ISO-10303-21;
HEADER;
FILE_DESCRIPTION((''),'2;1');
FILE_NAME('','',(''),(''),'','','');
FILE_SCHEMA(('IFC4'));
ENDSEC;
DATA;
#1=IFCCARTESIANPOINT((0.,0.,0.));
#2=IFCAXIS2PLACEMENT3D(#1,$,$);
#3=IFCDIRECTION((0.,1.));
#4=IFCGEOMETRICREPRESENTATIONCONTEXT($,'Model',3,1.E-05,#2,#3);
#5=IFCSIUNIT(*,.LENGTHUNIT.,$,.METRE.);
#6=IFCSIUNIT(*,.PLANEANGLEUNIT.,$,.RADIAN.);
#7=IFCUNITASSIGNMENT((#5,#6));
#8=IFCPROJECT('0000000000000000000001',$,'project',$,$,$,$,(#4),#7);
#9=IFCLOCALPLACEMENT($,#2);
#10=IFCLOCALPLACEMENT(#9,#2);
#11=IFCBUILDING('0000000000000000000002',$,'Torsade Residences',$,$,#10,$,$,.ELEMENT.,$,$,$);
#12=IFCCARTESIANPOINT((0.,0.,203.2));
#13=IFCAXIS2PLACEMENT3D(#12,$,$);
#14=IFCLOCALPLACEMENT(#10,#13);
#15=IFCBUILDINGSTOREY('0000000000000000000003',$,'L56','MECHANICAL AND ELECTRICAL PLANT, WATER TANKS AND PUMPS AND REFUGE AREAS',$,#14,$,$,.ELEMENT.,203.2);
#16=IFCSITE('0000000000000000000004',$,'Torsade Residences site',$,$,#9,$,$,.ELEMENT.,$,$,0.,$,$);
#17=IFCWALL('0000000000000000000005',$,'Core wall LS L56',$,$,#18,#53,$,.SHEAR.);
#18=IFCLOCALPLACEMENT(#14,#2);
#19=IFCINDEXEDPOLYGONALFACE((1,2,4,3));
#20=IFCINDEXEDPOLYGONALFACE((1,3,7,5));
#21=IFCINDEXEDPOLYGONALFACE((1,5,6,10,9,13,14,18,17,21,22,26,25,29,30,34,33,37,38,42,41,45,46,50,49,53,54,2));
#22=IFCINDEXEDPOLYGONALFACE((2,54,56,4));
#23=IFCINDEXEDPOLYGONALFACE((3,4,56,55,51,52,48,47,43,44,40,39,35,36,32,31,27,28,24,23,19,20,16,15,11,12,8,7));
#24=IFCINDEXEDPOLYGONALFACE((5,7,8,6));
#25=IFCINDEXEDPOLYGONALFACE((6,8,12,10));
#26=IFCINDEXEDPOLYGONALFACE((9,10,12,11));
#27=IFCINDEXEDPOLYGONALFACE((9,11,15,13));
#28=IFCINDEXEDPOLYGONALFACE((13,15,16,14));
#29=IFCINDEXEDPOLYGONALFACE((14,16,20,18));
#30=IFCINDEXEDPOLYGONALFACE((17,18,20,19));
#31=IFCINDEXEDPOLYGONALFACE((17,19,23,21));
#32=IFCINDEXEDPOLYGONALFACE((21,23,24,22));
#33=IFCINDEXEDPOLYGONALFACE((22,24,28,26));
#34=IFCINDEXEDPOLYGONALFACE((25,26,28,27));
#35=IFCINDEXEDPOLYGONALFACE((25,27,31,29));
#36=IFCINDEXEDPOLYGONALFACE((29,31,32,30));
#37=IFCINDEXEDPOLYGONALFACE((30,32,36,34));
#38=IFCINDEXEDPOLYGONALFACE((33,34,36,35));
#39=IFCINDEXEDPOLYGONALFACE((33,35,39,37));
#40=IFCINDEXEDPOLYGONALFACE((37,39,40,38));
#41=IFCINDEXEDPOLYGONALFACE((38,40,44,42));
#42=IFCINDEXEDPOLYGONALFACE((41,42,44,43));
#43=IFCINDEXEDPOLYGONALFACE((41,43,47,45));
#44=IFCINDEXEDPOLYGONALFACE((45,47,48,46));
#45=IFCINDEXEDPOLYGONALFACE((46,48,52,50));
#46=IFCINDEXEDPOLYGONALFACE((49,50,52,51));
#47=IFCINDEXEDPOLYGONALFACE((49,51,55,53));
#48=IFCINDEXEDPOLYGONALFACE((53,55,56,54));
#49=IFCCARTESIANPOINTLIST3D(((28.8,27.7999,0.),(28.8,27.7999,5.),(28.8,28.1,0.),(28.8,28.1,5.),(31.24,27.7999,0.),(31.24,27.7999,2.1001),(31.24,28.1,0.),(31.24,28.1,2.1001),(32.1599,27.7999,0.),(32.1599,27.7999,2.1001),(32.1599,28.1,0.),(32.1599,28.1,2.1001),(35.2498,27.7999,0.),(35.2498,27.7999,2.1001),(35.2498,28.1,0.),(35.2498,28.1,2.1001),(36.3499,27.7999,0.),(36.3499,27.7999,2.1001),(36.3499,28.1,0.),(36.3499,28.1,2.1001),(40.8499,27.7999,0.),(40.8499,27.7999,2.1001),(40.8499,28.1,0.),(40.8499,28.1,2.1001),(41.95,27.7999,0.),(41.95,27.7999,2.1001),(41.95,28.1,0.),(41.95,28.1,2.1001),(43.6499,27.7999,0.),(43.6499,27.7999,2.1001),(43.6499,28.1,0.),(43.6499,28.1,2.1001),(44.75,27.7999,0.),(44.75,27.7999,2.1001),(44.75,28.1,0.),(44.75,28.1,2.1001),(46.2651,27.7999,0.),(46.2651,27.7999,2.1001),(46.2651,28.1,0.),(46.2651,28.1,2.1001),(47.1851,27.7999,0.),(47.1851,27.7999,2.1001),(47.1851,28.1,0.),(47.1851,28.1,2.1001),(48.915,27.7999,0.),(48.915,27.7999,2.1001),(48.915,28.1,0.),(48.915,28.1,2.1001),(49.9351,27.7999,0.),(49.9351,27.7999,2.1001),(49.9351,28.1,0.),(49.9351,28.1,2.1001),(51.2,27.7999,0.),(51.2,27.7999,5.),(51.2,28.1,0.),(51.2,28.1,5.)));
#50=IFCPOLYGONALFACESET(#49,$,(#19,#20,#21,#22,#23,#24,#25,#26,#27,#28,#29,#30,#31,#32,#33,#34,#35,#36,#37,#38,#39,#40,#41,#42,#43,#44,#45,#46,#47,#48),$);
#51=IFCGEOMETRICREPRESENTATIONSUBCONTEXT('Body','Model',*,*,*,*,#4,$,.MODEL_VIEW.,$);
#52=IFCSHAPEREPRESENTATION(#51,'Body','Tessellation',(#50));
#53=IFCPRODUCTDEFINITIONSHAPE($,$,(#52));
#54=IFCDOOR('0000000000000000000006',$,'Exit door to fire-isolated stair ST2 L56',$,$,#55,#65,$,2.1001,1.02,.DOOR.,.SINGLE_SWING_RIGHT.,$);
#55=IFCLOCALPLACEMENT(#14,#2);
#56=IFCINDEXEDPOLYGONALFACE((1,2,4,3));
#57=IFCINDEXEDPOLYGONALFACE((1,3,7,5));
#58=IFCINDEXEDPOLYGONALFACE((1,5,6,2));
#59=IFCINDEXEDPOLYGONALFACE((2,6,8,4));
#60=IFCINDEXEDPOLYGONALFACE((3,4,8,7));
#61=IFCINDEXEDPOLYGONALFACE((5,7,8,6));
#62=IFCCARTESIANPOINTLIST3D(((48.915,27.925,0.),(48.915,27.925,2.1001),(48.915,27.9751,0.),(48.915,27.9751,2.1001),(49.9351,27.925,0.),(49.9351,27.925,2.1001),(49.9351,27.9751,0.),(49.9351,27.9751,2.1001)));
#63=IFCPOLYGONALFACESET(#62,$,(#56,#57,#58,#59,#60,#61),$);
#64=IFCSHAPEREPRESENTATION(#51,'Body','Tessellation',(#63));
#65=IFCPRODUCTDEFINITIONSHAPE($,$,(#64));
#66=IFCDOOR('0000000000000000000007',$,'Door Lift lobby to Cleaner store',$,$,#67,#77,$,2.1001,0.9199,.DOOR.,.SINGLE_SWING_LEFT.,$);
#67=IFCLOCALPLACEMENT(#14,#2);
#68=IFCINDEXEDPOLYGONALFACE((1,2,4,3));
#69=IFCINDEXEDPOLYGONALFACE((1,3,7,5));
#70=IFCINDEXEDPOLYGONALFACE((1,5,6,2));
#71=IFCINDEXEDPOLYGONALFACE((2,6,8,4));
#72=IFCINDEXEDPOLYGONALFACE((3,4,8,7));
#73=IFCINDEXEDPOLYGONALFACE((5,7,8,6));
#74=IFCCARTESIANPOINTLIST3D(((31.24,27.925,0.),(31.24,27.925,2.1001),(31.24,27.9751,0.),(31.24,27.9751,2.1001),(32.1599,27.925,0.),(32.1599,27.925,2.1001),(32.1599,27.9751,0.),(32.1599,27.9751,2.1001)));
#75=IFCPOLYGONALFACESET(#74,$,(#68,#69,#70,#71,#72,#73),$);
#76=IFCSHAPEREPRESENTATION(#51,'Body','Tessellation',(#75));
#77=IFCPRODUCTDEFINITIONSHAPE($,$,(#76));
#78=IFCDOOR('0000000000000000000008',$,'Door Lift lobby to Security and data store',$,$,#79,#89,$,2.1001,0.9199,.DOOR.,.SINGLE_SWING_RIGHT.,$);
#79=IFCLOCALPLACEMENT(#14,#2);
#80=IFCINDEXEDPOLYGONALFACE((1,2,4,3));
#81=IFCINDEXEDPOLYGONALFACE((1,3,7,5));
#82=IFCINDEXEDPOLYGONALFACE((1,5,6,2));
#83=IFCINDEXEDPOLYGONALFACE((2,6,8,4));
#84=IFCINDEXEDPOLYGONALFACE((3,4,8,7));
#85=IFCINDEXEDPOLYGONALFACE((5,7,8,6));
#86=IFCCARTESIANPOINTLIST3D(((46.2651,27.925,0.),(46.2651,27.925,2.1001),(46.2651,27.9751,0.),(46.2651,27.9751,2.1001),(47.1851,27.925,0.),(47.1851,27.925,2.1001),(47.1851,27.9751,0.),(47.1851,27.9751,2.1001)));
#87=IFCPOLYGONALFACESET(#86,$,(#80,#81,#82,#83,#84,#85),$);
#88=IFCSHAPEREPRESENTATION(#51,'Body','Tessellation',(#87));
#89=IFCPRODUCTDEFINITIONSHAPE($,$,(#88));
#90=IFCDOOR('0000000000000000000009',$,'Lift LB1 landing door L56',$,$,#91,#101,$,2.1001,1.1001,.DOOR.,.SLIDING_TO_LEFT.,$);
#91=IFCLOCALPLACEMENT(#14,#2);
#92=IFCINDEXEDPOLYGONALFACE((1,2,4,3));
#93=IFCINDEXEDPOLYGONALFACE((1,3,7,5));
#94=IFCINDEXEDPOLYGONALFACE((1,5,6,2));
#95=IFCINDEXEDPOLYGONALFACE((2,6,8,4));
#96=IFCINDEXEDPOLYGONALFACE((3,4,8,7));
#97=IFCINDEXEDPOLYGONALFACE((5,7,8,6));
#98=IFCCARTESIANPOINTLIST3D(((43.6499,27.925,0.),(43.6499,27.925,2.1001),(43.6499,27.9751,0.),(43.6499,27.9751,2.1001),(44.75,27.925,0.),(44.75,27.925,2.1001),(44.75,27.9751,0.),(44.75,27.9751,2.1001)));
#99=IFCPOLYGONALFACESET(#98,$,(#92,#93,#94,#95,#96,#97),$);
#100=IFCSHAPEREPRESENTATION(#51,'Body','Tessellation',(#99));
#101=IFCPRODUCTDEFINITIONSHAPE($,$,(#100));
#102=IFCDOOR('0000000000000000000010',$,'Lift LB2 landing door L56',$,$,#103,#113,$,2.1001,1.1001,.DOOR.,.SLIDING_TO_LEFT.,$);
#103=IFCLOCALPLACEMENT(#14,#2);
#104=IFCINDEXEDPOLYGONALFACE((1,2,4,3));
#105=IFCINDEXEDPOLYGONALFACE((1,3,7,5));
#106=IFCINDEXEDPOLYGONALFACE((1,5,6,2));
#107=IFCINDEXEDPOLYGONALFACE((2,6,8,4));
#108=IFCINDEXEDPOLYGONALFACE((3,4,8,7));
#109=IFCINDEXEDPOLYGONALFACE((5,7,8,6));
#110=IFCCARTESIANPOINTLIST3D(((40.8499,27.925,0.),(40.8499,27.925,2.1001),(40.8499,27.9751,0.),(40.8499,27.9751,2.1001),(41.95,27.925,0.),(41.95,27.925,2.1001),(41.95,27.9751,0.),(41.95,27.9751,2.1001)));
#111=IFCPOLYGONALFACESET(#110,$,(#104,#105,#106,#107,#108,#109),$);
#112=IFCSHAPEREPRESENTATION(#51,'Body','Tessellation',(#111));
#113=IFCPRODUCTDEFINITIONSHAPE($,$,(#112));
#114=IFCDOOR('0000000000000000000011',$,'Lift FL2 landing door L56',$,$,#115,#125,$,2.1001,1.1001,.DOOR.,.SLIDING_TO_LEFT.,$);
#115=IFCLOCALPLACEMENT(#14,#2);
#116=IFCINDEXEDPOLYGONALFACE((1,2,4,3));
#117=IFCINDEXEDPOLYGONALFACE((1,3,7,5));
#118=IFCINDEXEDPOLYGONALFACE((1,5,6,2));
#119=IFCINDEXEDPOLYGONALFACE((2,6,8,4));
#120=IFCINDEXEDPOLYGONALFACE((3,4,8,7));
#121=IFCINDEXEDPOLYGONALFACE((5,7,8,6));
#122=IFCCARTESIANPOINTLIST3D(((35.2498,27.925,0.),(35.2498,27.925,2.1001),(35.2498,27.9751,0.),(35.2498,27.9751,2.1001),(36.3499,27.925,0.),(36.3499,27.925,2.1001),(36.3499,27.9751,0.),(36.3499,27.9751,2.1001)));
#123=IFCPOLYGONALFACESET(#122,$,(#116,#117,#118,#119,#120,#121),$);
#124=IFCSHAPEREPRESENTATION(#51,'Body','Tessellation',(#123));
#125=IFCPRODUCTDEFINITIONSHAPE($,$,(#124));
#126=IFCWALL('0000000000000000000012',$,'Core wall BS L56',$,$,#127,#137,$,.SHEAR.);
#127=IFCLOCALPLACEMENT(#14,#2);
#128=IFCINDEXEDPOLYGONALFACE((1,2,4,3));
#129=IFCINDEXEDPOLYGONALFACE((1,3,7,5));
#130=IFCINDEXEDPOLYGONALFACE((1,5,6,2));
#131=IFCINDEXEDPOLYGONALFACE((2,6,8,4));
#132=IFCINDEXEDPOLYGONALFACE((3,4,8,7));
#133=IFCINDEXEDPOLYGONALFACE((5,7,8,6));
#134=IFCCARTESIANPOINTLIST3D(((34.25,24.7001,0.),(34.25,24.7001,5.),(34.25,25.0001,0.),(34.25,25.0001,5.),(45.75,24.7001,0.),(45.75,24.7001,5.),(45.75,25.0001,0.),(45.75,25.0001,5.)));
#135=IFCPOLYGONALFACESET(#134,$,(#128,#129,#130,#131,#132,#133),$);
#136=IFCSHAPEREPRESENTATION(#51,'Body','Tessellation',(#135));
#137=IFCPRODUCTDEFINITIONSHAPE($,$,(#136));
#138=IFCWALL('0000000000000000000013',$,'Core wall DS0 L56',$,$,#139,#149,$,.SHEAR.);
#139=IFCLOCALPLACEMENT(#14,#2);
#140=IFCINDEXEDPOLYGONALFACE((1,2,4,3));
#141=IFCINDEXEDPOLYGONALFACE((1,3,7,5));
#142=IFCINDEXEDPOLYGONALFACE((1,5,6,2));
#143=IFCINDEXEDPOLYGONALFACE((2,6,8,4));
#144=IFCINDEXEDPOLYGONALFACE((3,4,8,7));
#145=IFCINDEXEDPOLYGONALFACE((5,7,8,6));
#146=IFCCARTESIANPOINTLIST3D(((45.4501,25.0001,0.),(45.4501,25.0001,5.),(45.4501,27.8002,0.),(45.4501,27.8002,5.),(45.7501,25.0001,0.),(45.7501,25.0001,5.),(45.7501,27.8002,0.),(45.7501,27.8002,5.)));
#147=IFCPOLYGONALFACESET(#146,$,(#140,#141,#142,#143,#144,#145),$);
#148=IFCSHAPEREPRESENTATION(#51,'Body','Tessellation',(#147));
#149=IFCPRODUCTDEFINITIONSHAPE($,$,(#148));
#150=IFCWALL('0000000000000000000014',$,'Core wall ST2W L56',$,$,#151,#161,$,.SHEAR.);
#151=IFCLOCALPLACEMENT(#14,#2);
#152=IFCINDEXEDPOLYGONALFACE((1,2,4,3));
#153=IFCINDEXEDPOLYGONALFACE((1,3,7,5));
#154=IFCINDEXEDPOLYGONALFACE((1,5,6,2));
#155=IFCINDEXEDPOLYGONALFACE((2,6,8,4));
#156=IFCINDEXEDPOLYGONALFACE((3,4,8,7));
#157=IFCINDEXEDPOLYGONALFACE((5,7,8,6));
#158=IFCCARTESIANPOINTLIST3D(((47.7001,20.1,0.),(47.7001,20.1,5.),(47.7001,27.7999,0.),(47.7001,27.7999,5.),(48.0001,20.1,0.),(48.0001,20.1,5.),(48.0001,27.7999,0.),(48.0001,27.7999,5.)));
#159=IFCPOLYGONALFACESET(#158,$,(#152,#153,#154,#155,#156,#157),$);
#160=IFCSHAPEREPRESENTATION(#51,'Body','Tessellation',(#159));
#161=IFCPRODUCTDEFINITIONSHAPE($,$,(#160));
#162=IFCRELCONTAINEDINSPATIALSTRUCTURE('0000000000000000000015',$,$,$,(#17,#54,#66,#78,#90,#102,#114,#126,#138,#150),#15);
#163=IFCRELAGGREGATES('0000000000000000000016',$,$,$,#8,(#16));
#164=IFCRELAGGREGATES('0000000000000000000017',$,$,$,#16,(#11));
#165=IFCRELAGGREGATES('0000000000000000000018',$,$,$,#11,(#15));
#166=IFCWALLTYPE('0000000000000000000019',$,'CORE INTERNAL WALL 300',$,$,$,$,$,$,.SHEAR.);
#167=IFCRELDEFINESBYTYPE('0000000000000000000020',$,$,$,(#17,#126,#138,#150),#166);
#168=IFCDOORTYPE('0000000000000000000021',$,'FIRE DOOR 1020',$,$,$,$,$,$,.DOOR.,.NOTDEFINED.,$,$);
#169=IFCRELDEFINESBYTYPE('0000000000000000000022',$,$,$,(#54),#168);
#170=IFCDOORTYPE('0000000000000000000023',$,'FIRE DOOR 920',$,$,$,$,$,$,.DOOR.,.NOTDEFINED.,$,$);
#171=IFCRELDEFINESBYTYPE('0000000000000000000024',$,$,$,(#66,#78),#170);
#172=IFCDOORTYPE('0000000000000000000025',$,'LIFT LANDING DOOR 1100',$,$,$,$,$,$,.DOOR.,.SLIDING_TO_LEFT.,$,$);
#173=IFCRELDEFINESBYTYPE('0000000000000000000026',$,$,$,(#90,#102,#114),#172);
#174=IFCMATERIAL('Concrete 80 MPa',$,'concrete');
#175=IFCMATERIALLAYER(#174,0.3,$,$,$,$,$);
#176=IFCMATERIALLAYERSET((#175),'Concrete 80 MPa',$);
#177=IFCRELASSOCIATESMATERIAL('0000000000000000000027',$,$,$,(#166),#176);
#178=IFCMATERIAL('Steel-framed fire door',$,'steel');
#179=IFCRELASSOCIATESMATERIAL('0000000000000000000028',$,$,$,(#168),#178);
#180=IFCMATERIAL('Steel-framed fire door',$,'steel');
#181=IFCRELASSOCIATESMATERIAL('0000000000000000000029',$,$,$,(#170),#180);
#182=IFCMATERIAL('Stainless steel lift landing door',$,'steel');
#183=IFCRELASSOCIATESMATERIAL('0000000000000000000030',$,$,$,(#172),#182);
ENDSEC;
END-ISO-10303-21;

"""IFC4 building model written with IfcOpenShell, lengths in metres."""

from ifc_helpers import new_model, si_unit, direction, frame, frame_2d, origin, place, context, subcontext, project, spatial, rectangle, extrude, material, layer, layer_set, type_object, element, fill, save


model = new_model("IFC4")

# Units and contexts
model_context = context("Model", 3, precision=1e-05, world=origin(), true_north=direction((0.0, 1.0)))
body_context = subcontext(model_context, "Body", "Model", "MODEL_VIEW")
ifc_project = project(units=[si_unit("LENGTHUNIT", "METRE"), si_unit("PLANEANGLEUNIT", "RADIAN")], contexts=[model_context])

# Site, building, storey
site_placement = place(None, origin())
site = spatial("IfcSite", under=ifc_project, at=site_placement, Name="Torsade Residences site", CompositionType="ELEMENT", RefElevation=0.0)
building_placement = place(site_placement, origin())
building = spatial("IfcBuilding", under=site, at=building_placement, Name="Torsade Residences", CompositionType="ELEMENT")
storey_placement = place(building_placement, frame((0.0, 0.0, 203.2)))
storey = spatial("IfcBuildingStorey", under=building, at=storey_placement, Name="L56", Description="MECHANICAL AND ELECTRICAL PLANT, WATER TANKS AND PUMPS AND REFUGE AREAS", CompositionType="ELEMENT", Elevation=203.2)

# Wall, openings, doors
ifc_material_1 = material(Name="Concrete 80 MPa", Category="concrete")
ifc_layer_1 = layer(ifc_material_1, 0.3)
ifc_layer_set_1 = layer_set([ifc_layer_1], Name="Concrete 80 MPa")
wall_type_1 = type_object("IfcWallType", Name="CORE INTERNAL WALL 300", PredefinedType="SHEAR", material=ifc_layer_set_1)
wall_1_placement = place(storey_placement, frame((51.2, 27.95, 0.0), z_axis=(0.0, 0.0, 1.0), x_axis=(-1.0, 0.0, 0.0)))
wall_1 = element("IfcWall", 1, at=wall_1_placement, inside=storey, type_object=wall_type_1, Name="Core wall LS L56", PredefinedType="SHEAR", context=body_context, shape_type="SweptSolid", body=[
    extrude(rectangle(XDim=22.3999, YDim=0.3, at=frame_2d((11.2, 0.0))), origin(), (0.0, 0.0, 1.0), 5.0),
])
opening_1_placement = place(wall_1_placement, frame((19.04, 0.0, 0.0)))
opening_1 = element("IfcOpeningElement", 2, at=opening_1_placement, cuts=wall_1, PredefinedType="OPENING", context=body_context, shape_type="SweptSolid", body=[
    extrude(rectangle(XDim=0.9199, YDim=2.1001, at=frame_2d((0.46, 1.05))), frame((0.0, 0.1599, 0.0), z_axis=(0.0, -1.0, 0.0), x_axis=(1.0, 0.0, 0.0)), (0.0, 0.0, 1.0), 0.3201),
])
opening_2_placement = place(wall_1_placement, frame((1.2649, 0.0, 0.0)))
opening_2 = element("IfcOpeningElement", 3, at=opening_2_placement, cuts=wall_1, PredefinedType="OPENING", context=body_context, shape_type="SweptSolid", body=[
    extrude(rectangle(XDim=1.02, YDim=2.1001, at=frame_2d((0.51, 1.05))), frame((0.0, 0.1599, 0.0), z_axis=(0.0, -1.0, 0.0), x_axis=(1.0, 0.0, 0.0)), (0.0, 0.0, 1.0), 0.3201),
])
opening_3_placement = place(wall_1_placement, frame((4.0149, 0.0, 0.0)))
opening_3 = element("IfcOpeningElement", 4, at=opening_3_placement, cuts=wall_1, PredefinedType="OPENING", context=body_context, shape_type="SweptSolid", body=[
    extrude(rectangle(XDim=0.9199, YDim=2.1001, at=frame_2d((0.46, 1.05))), frame((0.0, 0.1599, 0.0), z_axis=(0.0, -1.0, 0.0), x_axis=(1.0, 0.0, 0.0)), (0.0, 0.0, 1.0), 0.3201),
])
opening_4_placement = place(wall_1_placement, frame((6.45, 0.0, 0.0)))
opening_4 = element("IfcOpeningElement", 5, at=opening_4_placement, cuts=wall_1, PredefinedType="OPENING", context=body_context, shape_type="SweptSolid", body=[
    extrude(rectangle(XDim=1.1001, YDim=2.1001, at=frame_2d((0.55, 1.05))), frame((0.0, 0.1599, 0.0), z_axis=(0.0, -1.0, 0.0), x_axis=(1.0, 0.0, 0.0)), (0.0, 0.0, 1.0), 0.3201),
])
opening_5_placement = place(wall_1_placement, frame((9.25, 0.0, 0.0)))
opening_5 = element("IfcOpeningElement", 6, at=opening_5_placement, cuts=wall_1, PredefinedType="OPENING", context=body_context, shape_type="SweptSolid", body=[
    extrude(rectangle(XDim=1.1001, YDim=2.1001, at=frame_2d((0.55, 1.05))), frame((0.0, 0.1599, 0.0), z_axis=(0.0, -1.0, 0.0), x_axis=(1.0, 0.0, 0.0)), (0.0, 0.0, 1.0), 0.3201),
])
opening_6_placement = place(wall_1_placement, frame((14.8501, 0.0, 0.0)))
opening_6 = element("IfcOpeningElement", 7, at=opening_6_placement, cuts=wall_1, PredefinedType="OPENING", context=body_context, shape_type="SweptSolid", body=[
    extrude(rectangle(XDim=1.1001, YDim=2.1001, at=frame_2d((0.55, 1.05))), frame((0.0, 0.1599, 0.0), z_axis=(0.0, -1.0, 0.0), x_axis=(1.0, 0.0, 0.0)), (0.0, 0.0, 1.0), 0.3201),
])
ifc_material_2 = material(Name="Steel-framed fire door", Category="steel")
door_type_1 = type_object("IfcDoorType", Name="FIRE DOOR 1020", OperationType="NOTDEFINED", PredefinedType="DOOR", material=ifc_material_2)
door_1_placement = place(opening_2_placement, origin())
door_1 = element("IfcDoor", 8, at=door_1_placement, inside=storey, type_object=door_type_1, Name="Exit door to fire-isolated stair ST2 L56", OperationType="SINGLE_SWING_RIGHT", OverallHeight=2.1001, OverallWidth=1.02, PredefinedType="DOOR", context=body_context, shape_type="SweptSolid", body=[
    extrude(rectangle(XDim=1.02, YDim=2.1001, at=frame_2d((0.51, 1.05))), frame((0.0, 0.0249, 0.0), z_axis=(0.0, -1.0, 0.0), x_axis=(1.0, 0.0, 0.0)), (0.0, 0.0, 1.0), 0.05),
])
fill(opening_2, door_1)
ifc_material_3 = material(Name="Steel-framed fire door", Category="steel")
door_type_2 = type_object("IfcDoorType", Name="FIRE DOOR 920", OperationType="NOTDEFINED", PredefinedType="DOOR", material=ifc_material_3)
door_2_placement = place(opening_1_placement, origin())
door_2 = element("IfcDoor", 9, at=door_2_placement, inside=storey, type_object=door_type_2, Name="Door Lift lobby to Cleaner store", OperationType="SINGLE_SWING_LEFT", OverallHeight=2.1001, OverallWidth=0.9199, PredefinedType="DOOR", context=body_context, shape_type="SweptSolid", body=[
    extrude(rectangle(XDim=0.9199, YDim=2.1001, at=frame_2d((0.46, 1.05))), frame((0.0, 0.0249, 0.0), z_axis=(0.0, -1.0, 0.0), x_axis=(1.0, 0.0, 0.0)), (0.0, 0.0, 1.0), 0.05),
])
fill(opening_1, door_2)
door_3_placement = place(opening_3_placement, origin())
door_3 = element("IfcDoor", 10, at=door_3_placement, inside=storey, type_object=door_type_2, Name="Door Lift lobby to Security and data store", OperationType="SINGLE_SWING_RIGHT", OverallHeight=2.1001, OverallWidth=0.9199, PredefinedType="DOOR", context=body_context, shape_type="SweptSolid", body=[
    extrude(rectangle(XDim=0.9199, YDim=2.1001, at=frame_2d((0.46, 1.05))), frame((0.0, 0.0249, 0.0), z_axis=(0.0, -1.0, 0.0), x_axis=(1.0, 0.0, 0.0)), (0.0, 0.0, 1.0), 0.05),
])
fill(opening_3, door_3)
ifc_material_4 = material(Name="Stainless steel lift landing door", Category="steel")
door_type_3 = type_object("IfcDoorType", Name="LIFT LANDING DOOR 1100", OperationType="SLIDING_TO_LEFT", PredefinedType="DOOR", material=ifc_material_4)
door_4_placement = place(opening_4_placement, origin())
door_4 = element("IfcDoor", 11, at=door_4_placement, inside=storey, type_object=door_type_3, Name="Lift LB1 landing door L56", OperationType="SLIDING_TO_LEFT", OverallHeight=2.1001, OverallWidth=1.1001, PredefinedType="DOOR", context=body_context, shape_type="SweptSolid", body=[
    extrude(rectangle(XDim=1.1001, YDim=2.1001, at=frame_2d((0.55, 1.05))), frame((0.0, 0.0249, 0.0), z_axis=(0.0, -1.0, 0.0), x_axis=(1.0, 0.0, 0.0)), (0.0, 0.0, 1.0), 0.05),
])
fill(opening_4, door_4)
door_5_placement = place(opening_5_placement, origin())
door_5 = element("IfcDoor", 12, at=door_5_placement, inside=storey, type_object=door_type_3, Name="Lift LB2 landing door L56", OperationType="SLIDING_TO_LEFT", OverallHeight=2.1001, OverallWidth=1.1001, PredefinedType="DOOR", context=body_context, shape_type="SweptSolid", body=[
    extrude(rectangle(XDim=1.1001, YDim=2.1001, at=frame_2d((0.55, 1.05))), frame((0.0, 0.0249, 0.0), z_axis=(0.0, -1.0, 0.0), x_axis=(1.0, 0.0, 0.0)), (0.0, 0.0, 1.0), 0.05),
])
fill(opening_5, door_5)
door_6_placement = place(opening_6_placement, origin())
door_6 = element("IfcDoor", 13, at=door_6_placement, inside=storey, type_object=door_type_3, Name="Lift FL2 landing door L56", OperationType="SLIDING_TO_LEFT", OverallHeight=2.1001, OverallWidth=1.1001, PredefinedType="DOOR", context=body_context, shape_type="SweptSolid", body=[
    extrude(rectangle(XDim=1.1001, YDim=2.1001, at=frame_2d((0.55, 1.05))), frame((0.0, 0.0249, 0.0), z_axis=(0.0, -1.0, 0.0), x_axis=(1.0, 0.0, 0.0)), (0.0, 0.0, 1.0), 0.05),
])
fill(opening_6, door_6)

# Walls
wall_2_placement = place(storey_placement, frame((45.75, 24.8501, 0.0), z_axis=(0.0, 0.0, 1.0), x_axis=(-1.0, 0.0, 0.0)))
element("IfcWall", 14, at=wall_2_placement, inside=storey, type_object=wall_type_1, Name="Core wall BS L56", PredefinedType="SHEAR", context=body_context, shape_type="SweptSolid", body=[
    extrude(rectangle(XDim=11.5, YDim=0.3, at=frame_2d((5.75, 0.0))), origin(), (0.0, 0.0, 1.0), 5.0),
])
wall_3_placement = place(storey_placement, frame((45.6001, 27.8, 0.0), z_axis=(0.0, 0.0, 1.0), x_axis=(0.0, -1.0, 0.0)))
element("IfcWall", 15, at=wall_3_placement, inside=storey, type_object=wall_type_1, Name="Core wall DS0 L56", PredefinedType="SHEAR", context=body_context, shape_type="SweptSolid", body=[
    extrude(rectangle(XDim=2.8, YDim=0.3, at=frame_2d((1.3999, 0.0))), origin(), (0.0, 0.0, 1.0), 5.0),
])
wall_4_placement = place(storey_placement, frame((47.8501, 27.8, 0.0), z_axis=(0.0, 0.0, 1.0), x_axis=(0.0, -1.0, 0.0)))
element("IfcWall", 16, at=wall_4_placement, inside=storey, type_object=wall_type_1, Name="Core wall ST2W L56", PredefinedType="SHEAR", context=body_context, shape_type="SweptSolid", body=[
    extrude(rectangle(XDim=7.7, YDim=0.3, at=frame_2d((3.8501, 0.0))), origin(), (0.0, 0.0, 1.0), 5.0),
])

save(model, "model.ifc")
